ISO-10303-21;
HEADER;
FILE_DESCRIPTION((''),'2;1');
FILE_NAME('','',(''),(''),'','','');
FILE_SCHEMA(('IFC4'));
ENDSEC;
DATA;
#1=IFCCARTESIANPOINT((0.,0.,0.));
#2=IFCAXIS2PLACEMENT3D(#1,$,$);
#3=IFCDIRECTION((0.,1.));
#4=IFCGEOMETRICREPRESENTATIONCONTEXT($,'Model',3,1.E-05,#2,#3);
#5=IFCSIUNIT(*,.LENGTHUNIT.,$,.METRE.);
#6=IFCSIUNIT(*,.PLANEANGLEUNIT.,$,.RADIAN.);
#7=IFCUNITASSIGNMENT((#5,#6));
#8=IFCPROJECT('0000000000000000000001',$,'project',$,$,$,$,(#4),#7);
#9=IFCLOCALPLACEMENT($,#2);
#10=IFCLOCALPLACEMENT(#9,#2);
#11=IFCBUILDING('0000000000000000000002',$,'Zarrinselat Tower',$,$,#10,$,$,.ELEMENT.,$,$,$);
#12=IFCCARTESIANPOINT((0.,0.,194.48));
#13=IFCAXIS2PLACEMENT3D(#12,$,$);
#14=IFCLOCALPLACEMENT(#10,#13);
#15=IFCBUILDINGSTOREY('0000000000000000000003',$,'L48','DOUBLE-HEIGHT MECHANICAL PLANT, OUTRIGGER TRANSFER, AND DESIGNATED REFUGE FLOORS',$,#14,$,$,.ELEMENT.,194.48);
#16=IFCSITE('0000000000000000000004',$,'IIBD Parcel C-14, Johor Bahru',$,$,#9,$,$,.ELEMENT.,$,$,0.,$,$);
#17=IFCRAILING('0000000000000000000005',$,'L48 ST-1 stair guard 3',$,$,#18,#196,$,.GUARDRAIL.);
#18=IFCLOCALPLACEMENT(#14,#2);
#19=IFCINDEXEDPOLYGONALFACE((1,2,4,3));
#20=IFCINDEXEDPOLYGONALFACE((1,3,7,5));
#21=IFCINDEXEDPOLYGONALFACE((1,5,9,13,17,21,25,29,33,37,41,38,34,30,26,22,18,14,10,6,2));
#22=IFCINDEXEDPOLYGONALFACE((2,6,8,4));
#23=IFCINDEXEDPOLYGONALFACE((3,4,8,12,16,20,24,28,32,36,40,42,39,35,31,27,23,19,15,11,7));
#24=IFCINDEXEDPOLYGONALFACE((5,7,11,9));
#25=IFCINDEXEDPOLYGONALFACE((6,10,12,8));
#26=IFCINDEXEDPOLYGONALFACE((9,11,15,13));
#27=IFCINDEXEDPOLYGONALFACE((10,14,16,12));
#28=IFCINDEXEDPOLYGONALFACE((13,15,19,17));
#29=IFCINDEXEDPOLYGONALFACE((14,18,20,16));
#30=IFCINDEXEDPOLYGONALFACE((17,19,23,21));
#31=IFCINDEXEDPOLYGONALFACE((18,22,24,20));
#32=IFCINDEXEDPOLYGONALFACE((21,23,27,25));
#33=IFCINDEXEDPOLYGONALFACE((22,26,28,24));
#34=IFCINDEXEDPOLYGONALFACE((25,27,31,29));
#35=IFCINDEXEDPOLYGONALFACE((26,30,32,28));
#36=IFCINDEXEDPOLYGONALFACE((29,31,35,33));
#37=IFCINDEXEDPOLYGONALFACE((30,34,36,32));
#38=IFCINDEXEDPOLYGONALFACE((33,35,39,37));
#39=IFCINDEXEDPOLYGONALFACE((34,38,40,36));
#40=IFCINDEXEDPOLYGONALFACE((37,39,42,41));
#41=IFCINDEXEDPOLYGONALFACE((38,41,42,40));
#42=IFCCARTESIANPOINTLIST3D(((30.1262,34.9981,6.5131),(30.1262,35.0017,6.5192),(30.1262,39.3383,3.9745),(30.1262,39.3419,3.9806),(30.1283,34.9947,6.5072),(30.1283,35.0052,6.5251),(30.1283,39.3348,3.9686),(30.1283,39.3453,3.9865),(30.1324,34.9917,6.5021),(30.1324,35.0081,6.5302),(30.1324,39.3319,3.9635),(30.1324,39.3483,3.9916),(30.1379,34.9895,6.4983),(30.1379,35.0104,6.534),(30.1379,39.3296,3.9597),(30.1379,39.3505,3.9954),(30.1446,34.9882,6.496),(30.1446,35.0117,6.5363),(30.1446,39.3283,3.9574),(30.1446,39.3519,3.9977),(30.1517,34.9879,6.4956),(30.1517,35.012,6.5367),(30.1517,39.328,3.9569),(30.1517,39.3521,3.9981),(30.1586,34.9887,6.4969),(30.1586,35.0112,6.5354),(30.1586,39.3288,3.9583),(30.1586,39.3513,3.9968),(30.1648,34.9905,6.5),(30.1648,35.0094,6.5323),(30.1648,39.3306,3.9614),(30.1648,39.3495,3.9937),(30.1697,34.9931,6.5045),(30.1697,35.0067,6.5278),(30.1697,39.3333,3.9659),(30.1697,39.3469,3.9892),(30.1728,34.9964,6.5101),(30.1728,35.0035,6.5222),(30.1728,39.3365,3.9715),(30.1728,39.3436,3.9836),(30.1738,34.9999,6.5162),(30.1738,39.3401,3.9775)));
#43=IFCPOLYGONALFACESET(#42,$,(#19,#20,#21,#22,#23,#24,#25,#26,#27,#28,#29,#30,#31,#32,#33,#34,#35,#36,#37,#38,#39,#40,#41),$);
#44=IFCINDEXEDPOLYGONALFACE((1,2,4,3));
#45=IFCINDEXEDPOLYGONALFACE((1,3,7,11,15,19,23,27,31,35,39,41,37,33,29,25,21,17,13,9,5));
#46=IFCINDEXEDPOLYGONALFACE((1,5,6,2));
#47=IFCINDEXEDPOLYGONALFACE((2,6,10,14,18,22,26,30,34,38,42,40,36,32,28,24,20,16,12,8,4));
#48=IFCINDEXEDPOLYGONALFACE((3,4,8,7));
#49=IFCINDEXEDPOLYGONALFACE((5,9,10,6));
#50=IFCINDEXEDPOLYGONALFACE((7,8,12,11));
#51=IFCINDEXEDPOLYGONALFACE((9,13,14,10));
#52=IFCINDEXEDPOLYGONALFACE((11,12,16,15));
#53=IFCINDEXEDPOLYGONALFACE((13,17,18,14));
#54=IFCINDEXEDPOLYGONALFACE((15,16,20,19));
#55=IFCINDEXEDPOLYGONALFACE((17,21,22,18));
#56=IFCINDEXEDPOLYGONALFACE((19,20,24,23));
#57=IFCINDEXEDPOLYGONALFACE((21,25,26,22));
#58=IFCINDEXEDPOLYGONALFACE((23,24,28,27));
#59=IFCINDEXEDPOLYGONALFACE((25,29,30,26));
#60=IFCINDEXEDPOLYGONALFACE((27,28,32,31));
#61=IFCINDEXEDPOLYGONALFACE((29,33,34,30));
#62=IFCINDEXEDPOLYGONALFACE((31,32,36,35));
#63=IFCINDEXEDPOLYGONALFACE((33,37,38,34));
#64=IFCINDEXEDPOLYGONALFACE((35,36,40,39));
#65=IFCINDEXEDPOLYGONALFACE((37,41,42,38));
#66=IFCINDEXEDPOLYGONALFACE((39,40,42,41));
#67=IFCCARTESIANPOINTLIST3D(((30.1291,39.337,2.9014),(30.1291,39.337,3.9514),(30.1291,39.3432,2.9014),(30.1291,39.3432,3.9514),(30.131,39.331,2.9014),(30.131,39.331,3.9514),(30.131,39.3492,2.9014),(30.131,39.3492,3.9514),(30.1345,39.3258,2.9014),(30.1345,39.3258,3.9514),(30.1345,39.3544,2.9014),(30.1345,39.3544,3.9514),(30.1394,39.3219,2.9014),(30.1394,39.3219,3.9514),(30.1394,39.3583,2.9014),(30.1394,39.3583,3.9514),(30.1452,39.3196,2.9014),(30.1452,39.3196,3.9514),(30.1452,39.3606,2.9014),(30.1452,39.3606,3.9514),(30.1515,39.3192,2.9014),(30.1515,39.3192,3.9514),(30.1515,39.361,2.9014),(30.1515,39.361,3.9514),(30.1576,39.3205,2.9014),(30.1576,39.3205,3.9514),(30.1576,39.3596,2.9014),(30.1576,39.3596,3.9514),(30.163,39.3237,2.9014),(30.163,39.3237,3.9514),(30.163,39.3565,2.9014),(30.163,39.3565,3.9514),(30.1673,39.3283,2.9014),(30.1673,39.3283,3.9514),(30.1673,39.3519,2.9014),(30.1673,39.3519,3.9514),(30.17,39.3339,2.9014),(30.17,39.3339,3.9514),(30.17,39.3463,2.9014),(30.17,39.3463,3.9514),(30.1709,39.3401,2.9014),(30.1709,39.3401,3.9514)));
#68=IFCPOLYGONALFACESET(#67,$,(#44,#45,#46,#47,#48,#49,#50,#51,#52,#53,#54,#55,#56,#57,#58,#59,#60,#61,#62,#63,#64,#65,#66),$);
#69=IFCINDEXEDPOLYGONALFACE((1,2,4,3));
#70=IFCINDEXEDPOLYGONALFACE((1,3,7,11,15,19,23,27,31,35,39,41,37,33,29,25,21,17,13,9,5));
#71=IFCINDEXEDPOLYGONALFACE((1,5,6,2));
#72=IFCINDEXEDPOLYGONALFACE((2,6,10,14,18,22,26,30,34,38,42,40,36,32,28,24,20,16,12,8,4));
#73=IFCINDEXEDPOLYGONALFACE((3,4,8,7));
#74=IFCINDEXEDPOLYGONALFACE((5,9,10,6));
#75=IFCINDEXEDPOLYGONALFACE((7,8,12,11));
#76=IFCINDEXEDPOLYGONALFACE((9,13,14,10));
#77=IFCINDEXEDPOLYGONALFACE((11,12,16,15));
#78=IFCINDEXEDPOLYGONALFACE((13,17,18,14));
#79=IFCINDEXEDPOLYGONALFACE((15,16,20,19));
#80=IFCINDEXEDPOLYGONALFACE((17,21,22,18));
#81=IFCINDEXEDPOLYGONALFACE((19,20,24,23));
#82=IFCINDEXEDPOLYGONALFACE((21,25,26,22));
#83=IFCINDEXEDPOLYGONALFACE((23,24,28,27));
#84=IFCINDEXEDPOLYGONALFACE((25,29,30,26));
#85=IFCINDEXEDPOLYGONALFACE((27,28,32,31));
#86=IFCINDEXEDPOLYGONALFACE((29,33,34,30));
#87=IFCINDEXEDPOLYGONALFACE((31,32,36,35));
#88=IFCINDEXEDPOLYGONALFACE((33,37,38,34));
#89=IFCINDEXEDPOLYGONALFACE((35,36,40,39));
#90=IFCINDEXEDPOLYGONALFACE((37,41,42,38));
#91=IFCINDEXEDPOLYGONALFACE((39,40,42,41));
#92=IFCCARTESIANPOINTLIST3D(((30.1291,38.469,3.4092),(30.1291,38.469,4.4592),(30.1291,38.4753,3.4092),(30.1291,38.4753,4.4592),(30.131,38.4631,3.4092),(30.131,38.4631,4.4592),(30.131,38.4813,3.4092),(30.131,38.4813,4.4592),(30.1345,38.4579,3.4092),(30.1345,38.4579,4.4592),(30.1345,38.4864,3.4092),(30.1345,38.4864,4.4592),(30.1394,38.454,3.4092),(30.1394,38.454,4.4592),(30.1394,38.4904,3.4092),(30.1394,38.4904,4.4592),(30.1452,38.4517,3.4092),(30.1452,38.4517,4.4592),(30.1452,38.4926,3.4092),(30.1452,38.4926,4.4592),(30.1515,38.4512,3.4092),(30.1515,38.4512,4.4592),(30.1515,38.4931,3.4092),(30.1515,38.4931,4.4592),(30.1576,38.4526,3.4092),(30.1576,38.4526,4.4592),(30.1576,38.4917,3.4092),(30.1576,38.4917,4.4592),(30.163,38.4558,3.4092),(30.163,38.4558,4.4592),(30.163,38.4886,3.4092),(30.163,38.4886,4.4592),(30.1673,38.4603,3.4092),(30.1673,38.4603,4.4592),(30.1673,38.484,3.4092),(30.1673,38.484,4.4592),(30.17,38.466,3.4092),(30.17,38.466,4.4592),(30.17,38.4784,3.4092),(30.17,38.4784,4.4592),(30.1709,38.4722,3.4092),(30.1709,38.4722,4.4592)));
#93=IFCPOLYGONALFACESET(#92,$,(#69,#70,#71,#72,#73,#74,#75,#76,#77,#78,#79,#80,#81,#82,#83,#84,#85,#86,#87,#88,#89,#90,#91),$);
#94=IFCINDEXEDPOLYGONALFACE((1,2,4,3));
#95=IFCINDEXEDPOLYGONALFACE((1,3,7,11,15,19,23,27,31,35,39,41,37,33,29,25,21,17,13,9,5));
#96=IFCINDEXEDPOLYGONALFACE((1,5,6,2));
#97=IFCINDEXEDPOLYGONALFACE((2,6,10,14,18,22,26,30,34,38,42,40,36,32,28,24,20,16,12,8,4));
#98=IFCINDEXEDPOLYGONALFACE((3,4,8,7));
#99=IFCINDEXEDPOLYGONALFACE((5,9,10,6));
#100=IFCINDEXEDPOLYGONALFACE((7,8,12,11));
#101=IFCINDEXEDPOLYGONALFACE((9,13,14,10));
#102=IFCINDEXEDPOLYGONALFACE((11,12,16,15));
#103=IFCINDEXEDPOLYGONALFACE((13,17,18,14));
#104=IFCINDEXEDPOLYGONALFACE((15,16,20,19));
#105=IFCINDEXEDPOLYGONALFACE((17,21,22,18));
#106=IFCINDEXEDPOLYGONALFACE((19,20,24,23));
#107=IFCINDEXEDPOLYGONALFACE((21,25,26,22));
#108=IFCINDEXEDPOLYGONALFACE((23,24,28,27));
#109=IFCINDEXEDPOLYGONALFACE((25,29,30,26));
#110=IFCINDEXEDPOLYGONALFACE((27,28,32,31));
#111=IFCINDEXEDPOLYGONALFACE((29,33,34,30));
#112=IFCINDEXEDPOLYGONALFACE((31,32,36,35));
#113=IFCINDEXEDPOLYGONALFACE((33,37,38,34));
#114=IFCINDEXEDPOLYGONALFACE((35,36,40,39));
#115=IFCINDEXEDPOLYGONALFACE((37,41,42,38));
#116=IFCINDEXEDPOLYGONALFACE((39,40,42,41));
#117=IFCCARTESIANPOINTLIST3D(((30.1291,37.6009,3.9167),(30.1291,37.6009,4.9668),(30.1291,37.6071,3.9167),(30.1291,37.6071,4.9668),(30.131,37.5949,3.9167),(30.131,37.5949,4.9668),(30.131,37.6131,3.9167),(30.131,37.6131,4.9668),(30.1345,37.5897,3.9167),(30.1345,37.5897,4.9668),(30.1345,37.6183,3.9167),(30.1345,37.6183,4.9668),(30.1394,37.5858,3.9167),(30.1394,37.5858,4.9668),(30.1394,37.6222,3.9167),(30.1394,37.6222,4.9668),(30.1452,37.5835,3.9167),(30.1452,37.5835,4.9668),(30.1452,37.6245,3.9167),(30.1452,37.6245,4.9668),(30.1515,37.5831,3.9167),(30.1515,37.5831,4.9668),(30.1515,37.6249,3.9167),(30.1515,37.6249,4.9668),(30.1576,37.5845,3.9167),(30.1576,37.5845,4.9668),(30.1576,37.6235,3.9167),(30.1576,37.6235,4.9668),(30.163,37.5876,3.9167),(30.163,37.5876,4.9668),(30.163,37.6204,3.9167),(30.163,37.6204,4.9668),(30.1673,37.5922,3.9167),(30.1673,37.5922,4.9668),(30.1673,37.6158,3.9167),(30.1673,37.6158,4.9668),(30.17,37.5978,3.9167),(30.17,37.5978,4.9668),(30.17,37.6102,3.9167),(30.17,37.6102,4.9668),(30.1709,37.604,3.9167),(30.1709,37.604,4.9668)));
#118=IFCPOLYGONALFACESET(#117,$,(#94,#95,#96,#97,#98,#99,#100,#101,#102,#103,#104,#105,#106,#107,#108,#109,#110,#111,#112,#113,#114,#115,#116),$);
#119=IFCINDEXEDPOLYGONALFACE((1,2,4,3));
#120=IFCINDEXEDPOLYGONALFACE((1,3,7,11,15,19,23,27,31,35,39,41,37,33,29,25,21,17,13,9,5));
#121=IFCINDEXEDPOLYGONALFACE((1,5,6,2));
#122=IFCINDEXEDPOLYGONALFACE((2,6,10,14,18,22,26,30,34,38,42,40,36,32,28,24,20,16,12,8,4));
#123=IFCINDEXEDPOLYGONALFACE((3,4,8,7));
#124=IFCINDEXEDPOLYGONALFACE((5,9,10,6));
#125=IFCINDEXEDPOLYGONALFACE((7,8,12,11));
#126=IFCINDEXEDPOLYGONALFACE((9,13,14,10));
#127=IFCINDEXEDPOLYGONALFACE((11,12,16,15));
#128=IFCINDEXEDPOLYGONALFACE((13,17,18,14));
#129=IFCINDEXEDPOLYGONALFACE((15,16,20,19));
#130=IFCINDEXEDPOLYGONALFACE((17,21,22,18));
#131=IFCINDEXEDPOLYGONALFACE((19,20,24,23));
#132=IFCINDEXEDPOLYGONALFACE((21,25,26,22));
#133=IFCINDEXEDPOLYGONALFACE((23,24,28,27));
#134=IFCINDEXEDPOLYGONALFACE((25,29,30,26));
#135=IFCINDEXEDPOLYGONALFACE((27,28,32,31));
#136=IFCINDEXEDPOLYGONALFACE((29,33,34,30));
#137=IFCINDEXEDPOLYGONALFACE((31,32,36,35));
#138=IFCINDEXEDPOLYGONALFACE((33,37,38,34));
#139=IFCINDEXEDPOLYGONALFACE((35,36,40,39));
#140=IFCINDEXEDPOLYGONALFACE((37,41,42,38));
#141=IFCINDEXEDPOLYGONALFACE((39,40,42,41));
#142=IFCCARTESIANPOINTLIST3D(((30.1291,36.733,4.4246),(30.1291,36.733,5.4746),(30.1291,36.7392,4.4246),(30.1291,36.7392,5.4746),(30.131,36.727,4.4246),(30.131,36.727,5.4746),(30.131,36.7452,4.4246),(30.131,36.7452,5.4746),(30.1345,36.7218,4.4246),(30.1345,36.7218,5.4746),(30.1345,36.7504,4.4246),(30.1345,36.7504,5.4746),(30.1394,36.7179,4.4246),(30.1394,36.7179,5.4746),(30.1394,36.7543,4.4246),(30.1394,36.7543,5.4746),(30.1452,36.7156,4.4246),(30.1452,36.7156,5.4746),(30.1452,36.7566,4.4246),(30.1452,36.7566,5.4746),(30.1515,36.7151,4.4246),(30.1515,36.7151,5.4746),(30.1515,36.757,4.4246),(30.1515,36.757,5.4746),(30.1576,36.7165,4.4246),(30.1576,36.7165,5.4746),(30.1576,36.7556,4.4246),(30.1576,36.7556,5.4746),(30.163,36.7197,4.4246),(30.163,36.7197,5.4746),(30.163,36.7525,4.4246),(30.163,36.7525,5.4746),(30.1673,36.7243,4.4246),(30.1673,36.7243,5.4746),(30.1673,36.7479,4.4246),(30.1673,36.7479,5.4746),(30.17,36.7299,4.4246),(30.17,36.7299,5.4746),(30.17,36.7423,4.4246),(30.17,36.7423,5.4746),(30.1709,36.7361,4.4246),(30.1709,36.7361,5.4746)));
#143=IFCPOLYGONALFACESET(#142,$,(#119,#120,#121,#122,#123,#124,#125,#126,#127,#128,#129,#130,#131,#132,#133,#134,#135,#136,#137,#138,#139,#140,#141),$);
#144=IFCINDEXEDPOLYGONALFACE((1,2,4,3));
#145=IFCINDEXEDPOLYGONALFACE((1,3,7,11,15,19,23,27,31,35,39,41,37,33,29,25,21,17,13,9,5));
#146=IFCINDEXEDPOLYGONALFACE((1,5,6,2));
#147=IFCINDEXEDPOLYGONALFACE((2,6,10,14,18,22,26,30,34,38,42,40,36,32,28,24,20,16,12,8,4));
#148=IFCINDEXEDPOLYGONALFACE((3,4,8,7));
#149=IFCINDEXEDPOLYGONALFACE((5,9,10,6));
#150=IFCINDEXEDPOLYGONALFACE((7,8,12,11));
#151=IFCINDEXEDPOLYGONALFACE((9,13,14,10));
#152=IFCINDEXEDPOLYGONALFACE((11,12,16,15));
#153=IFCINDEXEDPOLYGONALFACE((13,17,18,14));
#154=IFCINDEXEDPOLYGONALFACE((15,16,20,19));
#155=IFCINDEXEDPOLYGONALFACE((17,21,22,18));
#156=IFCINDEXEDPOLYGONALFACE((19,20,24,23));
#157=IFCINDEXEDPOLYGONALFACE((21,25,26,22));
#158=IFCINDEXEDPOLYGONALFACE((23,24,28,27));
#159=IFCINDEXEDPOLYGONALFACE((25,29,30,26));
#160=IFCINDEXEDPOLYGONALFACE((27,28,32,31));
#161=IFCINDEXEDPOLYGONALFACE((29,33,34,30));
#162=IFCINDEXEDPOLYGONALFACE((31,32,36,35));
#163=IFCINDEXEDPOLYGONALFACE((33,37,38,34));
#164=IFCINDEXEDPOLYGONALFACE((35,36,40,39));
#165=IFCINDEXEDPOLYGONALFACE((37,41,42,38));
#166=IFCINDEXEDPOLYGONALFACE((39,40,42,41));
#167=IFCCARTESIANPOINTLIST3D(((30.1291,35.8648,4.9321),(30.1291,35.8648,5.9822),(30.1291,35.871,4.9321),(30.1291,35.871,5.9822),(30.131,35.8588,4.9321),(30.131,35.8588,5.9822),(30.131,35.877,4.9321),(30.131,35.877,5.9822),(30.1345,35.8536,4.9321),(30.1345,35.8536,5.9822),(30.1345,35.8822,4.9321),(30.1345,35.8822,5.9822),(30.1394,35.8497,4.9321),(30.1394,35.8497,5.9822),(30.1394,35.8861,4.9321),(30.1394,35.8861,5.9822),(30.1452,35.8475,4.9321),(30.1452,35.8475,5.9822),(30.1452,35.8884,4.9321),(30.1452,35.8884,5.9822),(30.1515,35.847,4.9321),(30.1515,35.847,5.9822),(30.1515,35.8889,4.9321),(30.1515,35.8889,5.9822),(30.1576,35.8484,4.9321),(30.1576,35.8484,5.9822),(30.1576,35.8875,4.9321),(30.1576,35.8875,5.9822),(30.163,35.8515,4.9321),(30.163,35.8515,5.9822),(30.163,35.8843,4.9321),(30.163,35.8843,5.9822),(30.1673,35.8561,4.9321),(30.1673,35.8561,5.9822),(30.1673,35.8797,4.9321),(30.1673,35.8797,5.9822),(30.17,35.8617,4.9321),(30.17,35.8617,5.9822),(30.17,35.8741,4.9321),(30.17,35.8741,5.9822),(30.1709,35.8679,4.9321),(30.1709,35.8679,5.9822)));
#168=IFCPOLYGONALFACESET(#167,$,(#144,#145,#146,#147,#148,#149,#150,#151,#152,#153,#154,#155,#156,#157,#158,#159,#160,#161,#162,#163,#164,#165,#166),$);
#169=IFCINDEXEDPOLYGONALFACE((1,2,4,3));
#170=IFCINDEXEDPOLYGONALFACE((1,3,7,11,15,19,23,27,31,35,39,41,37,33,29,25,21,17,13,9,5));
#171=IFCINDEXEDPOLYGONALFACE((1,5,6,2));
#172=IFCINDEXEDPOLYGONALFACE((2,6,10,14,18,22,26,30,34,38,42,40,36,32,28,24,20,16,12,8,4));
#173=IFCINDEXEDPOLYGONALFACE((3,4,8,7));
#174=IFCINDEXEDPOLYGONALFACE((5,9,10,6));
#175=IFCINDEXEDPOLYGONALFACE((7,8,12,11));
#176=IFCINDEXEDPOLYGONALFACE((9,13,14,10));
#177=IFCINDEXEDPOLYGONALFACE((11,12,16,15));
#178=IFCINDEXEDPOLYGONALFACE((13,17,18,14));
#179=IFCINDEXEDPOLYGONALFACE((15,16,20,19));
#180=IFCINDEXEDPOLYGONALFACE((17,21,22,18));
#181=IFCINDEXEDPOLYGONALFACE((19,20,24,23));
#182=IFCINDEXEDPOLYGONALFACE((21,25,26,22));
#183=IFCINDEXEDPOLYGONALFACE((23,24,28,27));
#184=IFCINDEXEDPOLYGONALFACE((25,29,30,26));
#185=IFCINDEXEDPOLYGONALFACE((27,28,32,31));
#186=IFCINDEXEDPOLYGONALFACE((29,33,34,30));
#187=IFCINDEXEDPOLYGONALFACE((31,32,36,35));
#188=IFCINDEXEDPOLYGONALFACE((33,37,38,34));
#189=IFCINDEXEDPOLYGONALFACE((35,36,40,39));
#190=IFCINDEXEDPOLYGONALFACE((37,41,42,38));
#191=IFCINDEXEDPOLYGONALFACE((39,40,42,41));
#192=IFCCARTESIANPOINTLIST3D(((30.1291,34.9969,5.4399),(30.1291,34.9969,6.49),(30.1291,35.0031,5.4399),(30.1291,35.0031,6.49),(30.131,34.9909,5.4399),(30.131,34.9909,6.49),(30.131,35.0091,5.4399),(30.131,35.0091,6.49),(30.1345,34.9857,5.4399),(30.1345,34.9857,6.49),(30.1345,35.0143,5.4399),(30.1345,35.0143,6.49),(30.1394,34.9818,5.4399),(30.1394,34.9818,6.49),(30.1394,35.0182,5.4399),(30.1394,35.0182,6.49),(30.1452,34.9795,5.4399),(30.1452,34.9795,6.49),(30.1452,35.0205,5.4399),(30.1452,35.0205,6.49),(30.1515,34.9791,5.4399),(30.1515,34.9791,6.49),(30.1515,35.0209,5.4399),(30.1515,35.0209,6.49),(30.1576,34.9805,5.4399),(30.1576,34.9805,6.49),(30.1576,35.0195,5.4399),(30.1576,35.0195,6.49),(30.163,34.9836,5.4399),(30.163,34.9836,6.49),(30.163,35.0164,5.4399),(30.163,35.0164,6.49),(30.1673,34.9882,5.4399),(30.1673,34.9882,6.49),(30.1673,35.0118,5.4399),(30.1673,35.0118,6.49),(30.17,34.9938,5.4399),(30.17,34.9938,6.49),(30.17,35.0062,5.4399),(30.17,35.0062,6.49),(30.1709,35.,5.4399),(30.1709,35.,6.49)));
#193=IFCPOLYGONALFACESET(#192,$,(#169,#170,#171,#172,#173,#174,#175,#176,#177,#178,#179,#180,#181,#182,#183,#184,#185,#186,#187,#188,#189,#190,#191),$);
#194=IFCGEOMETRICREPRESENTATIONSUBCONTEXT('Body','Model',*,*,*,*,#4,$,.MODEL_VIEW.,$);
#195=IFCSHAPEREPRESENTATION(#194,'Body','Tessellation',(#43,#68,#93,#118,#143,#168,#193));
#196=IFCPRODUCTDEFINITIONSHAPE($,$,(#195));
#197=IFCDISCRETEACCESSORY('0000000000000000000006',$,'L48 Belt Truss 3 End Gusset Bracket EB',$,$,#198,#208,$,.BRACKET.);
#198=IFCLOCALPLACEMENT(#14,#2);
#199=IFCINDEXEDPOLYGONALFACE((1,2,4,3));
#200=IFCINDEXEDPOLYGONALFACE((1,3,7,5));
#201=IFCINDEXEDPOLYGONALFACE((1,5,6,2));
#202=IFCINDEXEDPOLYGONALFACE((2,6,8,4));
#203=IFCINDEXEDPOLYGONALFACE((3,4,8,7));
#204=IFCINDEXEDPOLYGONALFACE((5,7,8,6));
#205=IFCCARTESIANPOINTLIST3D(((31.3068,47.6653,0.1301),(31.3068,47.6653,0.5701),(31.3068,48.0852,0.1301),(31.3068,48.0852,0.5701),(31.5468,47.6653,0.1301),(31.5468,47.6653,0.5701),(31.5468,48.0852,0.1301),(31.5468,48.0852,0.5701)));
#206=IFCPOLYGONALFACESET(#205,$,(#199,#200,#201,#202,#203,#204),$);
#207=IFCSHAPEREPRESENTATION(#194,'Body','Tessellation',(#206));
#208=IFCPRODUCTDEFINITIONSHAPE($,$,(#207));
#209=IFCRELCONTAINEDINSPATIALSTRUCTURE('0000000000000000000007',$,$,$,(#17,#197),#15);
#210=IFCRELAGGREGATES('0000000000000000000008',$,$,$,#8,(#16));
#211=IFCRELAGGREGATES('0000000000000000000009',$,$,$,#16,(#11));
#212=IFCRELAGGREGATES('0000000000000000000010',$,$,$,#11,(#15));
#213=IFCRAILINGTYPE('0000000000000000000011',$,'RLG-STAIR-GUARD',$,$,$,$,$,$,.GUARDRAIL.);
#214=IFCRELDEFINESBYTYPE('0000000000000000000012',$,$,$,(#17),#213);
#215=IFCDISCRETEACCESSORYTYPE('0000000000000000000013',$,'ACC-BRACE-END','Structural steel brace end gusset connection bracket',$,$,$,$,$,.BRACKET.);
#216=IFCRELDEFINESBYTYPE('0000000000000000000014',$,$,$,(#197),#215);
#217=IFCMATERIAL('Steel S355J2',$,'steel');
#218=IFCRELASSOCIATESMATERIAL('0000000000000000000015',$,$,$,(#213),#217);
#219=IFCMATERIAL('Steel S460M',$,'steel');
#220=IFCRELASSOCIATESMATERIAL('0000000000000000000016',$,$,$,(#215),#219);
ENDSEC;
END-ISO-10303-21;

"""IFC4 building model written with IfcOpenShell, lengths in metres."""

from ifc_helpers import new_model, si_unit, direction, frame, origin, origin_2d, place, context, subcontext, project, spatial, rectangle, circle, extrude, material, type_object, element, save


model = new_model("IFC4")

# Units and contexts
model_context = context("Model", 3, precision=1e-05, world=origin(), true_north=direction((0.0, 1.0)))
body_context = subcontext(model_context, "Body", "Model", "MODEL_VIEW")
ifc_project = project(units=[si_unit("LENGTHUNIT", "METRE"), si_unit("PLANEANGLEUNIT", "RADIAN")], contexts=[model_context])

# Site, building, storey
site_placement = place(None, origin())
site = spatial("IfcSite", under=ifc_project, at=site_placement, Name="IIBD Parcel C-14, Johor Bahru", CompositionType="ELEMENT", RefElevation=0.0)
building_placement = place(site_placement, origin())
building = spatial("IfcBuilding", under=site, at=building_placement, Name="Zarrinselat Tower", CompositionType="ELEMENT")
storey_placement = place(building_placement, frame((0.0, 0.0, 194.48)))
storey = spatial("IfcBuildingStorey", under=building, at=storey_placement, Name="L48", Description="DOUBLE-HEIGHT MECHANICAL PLANT, OUTRIGGER TRANSFER, AND DESIGNATED REFUGE FLOORS", CompositionType="ELEMENT", Elevation=194.48)

# Railing
ifc_material_1 = material(Name="Steel S355J2", Category="steel")
railing_type = type_object("IfcRailingType", Name="RLG-STAIR-GUARD", PredefinedType="GUARDRAIL", material=ifc_material_1)
railing_1_placement = place(storey_placement, frame((30.1499, 39.3401, 2.9014)))
element("IfcRailing", 1, at=railing_1_placement, inside=storey, type_object=railing_type, Name="L48 ST-1 stair guard 3", PredefinedType="GUARDRAIL", context=body_context, shape_type="SweptSolid", body=[
    extrude(circle(Radius=0.0239, at=origin_2d()), frame((0.0, 0.0, 1.0762), z_axis=(0.0, -0.863185, 0.504888), x_axis=(1.0, 0.0, 0.0)), (0.0, 0.0, 1.0), 5.0281),
    extrude(circle(Radius=0.021, at=origin_2d()), origin(), (0.0, 0.0, 1.0), 1.05),
    extrude(circle(Radius=0.021, at=origin_2d()), frame((0.0, -0.8679, 0.5078)), (0.0, 0.0, 1.0), 1.05),
    extrude(circle(Radius=0.021, at=origin_2d()), frame((0.0, -1.7361, 1.0154)), (0.0, 0.0, 1.0), 1.05),
    extrude(circle(Radius=0.021, at=origin_2d()), frame((0.0, -2.604, 1.5232)), (0.0, 0.0, 1.0), 1.05),
    extrude(circle(Radius=0.021, at=origin_2d()), frame((0.0, -3.4722, 2.0308)), (0.0, 0.0, 1.0), 1.05),
    extrude(circle(Radius=0.021, at=origin_2d()), frame((0.0, -4.3401, 2.5386)), (0.0, 0.0, 1.0), 1.05),
])

# Discrete accessory
ifc_material_2 = material(Name="Steel S460M", Category="steel")
discrete_accessory_type_1 = type_object("IfcDiscreteAccessoryType", Name="ACC-BRACE-END", Description="Structural steel brace end gusset connection bracket", PredefinedType="BRACKET", material=ifc_material_2)
discrete_accessory_1_placement = place(storey_placement, frame((31.4268, 47.8752, 0.1301), z_axis=(0.0, 0.0, 1.0), x_axis=(-1.0, 0.0, 0.0)))
element("IfcDiscreteAccessory", 2, at=discrete_accessory_1_placement, inside=storey, type_object=discrete_accessory_type_1, Name="L48 Belt Truss 3 End Gusset Bracket EB", PredefinedType="BRACKET", context=body_context, shape_type="SweptSolid", body=[
    extrude(rectangle(XDim=0.24, YDim=0.4199, at=origin_2d()), origin(), (0.0, 0.0, 1.0), 0.4399),
])

save(model, "model.ifc")
